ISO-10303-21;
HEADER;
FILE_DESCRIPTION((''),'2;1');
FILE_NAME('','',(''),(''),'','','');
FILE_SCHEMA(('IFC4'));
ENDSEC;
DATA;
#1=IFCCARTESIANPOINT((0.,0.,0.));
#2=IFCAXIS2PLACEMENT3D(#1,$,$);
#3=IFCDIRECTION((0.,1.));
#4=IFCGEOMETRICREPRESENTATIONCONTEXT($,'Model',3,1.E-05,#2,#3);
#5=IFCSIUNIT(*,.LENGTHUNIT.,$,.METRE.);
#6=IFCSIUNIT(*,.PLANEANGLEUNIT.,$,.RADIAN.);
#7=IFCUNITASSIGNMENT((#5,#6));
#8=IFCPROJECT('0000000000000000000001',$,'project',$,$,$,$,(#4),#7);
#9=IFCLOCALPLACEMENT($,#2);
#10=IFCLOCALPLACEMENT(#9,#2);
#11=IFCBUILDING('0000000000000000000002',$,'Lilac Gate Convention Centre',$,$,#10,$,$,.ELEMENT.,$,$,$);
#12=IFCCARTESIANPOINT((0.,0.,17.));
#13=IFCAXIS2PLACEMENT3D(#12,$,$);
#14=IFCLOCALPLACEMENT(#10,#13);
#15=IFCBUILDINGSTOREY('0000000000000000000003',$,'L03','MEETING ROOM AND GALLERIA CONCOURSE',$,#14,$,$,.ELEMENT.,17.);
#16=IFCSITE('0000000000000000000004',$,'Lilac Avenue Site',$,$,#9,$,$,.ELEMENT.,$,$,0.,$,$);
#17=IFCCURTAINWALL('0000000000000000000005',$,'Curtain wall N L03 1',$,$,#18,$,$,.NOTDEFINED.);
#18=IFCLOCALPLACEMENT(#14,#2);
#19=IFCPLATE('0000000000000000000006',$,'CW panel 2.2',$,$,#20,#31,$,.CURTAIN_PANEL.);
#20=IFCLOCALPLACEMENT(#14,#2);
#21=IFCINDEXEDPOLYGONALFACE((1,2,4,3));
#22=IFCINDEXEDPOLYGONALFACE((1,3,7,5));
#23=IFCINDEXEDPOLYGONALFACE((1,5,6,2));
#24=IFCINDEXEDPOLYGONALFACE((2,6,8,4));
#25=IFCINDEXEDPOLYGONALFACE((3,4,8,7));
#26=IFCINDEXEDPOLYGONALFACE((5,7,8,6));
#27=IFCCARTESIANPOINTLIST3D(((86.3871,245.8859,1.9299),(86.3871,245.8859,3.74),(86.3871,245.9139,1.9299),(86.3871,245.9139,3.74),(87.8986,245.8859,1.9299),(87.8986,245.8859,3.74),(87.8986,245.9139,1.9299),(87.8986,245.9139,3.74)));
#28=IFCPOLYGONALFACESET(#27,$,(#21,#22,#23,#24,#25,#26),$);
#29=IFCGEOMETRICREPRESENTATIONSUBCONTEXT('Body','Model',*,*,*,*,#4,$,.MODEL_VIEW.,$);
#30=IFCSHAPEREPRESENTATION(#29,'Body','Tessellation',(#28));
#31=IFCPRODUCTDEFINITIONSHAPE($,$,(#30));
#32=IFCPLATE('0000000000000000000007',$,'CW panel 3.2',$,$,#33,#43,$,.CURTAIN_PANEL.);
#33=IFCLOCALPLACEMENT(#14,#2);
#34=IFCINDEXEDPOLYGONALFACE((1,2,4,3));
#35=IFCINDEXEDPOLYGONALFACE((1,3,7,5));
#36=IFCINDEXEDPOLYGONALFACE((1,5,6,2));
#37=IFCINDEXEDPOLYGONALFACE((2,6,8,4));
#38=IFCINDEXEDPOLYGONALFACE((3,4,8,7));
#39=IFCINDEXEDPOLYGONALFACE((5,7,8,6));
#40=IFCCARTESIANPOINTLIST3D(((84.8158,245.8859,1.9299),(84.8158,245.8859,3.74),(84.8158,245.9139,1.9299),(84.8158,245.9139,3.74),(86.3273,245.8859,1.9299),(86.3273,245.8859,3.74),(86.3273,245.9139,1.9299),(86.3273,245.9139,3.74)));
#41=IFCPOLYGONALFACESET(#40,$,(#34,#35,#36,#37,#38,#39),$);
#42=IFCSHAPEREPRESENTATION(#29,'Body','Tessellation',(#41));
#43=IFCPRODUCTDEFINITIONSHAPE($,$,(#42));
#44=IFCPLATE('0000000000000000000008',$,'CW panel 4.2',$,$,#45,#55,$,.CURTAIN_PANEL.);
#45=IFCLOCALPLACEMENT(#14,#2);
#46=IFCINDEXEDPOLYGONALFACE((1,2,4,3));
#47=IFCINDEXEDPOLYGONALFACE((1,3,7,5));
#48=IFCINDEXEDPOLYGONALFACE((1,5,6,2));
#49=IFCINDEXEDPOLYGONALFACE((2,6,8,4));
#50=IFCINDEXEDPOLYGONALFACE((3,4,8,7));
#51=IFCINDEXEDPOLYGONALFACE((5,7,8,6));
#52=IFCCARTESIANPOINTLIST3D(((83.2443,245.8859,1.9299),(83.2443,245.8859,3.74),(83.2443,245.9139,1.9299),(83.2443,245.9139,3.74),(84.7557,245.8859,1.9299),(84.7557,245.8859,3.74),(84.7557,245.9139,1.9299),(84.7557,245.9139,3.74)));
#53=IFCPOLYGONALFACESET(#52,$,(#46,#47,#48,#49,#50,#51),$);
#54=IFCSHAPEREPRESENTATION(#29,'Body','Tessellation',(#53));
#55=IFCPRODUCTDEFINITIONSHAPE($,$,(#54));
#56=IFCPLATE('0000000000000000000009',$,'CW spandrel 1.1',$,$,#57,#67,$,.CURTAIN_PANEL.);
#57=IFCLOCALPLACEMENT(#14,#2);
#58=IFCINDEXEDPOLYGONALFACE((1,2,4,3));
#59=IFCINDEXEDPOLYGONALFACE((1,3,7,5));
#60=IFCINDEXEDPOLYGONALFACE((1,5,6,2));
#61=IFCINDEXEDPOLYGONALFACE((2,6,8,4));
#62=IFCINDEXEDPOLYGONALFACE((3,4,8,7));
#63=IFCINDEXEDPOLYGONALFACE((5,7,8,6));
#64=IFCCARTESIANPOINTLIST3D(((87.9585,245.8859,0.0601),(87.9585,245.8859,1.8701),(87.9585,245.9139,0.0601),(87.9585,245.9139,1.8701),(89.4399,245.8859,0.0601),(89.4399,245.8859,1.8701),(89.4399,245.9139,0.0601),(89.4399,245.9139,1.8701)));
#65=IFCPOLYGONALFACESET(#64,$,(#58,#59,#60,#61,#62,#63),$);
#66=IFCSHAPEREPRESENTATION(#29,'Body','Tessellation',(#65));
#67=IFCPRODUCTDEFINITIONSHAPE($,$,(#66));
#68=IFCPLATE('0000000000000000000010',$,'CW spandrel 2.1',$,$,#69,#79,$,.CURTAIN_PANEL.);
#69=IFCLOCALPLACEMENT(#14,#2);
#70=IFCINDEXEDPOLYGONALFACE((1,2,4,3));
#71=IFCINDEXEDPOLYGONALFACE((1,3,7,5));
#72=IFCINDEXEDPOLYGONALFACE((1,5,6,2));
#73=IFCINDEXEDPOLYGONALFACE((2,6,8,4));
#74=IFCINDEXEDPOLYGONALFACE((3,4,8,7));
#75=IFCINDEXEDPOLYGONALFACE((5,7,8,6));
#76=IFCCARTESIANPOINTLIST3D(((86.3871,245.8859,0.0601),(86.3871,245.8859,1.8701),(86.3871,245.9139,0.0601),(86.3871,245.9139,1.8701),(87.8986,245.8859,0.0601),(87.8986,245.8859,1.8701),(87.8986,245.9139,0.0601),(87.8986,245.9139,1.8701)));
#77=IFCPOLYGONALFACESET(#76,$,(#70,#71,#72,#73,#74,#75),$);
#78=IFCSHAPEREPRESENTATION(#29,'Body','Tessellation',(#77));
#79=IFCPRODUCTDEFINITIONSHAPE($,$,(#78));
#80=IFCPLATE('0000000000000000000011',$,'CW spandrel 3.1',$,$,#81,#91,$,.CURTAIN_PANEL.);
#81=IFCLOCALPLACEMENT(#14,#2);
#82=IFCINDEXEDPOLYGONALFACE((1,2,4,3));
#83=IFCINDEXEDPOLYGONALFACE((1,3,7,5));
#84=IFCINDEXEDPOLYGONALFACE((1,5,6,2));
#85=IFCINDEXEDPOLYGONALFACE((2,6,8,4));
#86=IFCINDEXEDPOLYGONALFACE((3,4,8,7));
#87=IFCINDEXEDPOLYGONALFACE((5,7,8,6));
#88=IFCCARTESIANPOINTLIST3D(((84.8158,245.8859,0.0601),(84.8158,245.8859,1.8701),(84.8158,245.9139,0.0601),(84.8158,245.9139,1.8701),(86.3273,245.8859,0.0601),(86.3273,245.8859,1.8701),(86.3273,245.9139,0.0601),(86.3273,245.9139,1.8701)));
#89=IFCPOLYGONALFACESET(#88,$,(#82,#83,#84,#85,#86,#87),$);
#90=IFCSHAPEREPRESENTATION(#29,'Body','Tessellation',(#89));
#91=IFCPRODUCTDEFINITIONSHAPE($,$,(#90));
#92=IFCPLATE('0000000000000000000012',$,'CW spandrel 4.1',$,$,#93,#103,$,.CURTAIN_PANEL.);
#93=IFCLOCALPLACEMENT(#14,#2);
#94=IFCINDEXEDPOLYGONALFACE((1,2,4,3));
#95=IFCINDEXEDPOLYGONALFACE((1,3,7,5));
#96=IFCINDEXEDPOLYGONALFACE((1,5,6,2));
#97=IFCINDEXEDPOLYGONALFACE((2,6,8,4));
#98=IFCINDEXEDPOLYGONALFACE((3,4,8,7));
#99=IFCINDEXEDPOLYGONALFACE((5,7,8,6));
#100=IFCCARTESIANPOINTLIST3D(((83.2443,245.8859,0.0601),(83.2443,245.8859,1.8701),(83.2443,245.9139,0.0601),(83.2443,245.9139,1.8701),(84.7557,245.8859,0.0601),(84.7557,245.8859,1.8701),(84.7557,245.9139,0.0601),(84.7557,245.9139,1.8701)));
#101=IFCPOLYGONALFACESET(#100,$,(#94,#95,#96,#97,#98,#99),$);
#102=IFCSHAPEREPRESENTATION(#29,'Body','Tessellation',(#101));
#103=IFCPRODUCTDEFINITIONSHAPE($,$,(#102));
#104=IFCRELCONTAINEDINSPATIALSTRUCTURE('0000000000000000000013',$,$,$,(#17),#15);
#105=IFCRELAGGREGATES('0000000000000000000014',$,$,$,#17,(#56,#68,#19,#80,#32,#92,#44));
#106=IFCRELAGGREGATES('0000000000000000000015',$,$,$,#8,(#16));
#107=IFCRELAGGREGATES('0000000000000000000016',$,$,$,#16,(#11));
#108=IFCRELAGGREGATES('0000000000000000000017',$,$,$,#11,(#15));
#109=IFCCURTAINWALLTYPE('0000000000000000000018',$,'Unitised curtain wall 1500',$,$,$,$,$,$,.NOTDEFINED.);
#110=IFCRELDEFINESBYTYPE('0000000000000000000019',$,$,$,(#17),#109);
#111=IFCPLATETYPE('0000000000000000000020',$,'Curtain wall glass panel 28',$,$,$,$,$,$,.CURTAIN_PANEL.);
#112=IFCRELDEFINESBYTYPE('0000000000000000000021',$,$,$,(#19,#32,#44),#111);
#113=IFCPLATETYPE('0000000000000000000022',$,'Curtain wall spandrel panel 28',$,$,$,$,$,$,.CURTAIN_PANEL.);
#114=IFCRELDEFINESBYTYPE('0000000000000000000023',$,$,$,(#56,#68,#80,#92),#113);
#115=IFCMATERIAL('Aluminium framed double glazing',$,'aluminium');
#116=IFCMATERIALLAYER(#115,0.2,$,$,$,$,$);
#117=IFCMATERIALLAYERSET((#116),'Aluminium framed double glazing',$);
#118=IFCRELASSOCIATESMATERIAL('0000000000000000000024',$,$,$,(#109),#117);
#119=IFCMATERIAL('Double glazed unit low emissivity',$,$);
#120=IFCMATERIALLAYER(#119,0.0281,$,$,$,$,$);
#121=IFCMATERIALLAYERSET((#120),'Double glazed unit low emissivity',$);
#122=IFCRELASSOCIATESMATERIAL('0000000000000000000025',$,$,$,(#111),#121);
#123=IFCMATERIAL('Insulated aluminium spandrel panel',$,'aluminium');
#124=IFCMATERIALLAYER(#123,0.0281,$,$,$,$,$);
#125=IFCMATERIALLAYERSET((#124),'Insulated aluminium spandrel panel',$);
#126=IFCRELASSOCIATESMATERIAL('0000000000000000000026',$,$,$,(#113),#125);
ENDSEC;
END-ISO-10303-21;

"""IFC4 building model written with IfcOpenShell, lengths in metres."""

from ifc_helpers import new_model, si_unit, direction, frame, origin, origin_2d, place, context, subcontext, project, spatial, rectangle, extrude, material, layer, layer_set, type_object, element, aggregate, save


model = new_model("IFC4")

# Units and contexts
model_context = context("Model", 3, precision=1e-05, world=origin(), true_north=direction((0.0, 1.0)))
body_context = subcontext(model_context, "Body", "Model", "MODEL_VIEW")
ifc_project = project(units=[si_unit("LENGTHUNIT", "METRE"), si_unit("PLANEANGLEUNIT", "RADIAN")], contexts=[model_context])

# Site, building, storey
site_placement = place(None, origin())
site = spatial("IfcSite", under=ifc_project, at=site_placement, Name="Lilac Avenue Site", CompositionType="ELEMENT", RefElevation=0.0)
building_placement = place(site_placement, origin())
building = spatial("IfcBuilding", under=site, at=building_placement, Name="Lilac Gate Convention Centre", CompositionType="ELEMENT")
storey_placement = place(building_placement, frame((0.0, 0.0, 17.0)))
storey = spatial("IfcBuildingStorey", under=building, at=storey_placement, Name="L03", Description="MEETING ROOM AND GALLERIA CONCOURSE", CompositionType="ELEMENT", Elevation=17.0)

# Curtain wall, plates
ifc_material_1 = material(Name="Aluminium framed double glazing", Category="aluminium")
ifc_layer_1 = layer(ifc_material_1, 0.2)
ifc_layer_set_1 = layer_set([ifc_layer_1], Name="Aluminium framed double glazing")
curtain_wall_type = type_object("IfcCurtainWallType", Name="Unitised curtain wall 1500", PredefinedType="NOTDEFINED", material=ifc_layer_set_1)
curtain_wall_placement = place(storey_placement, origin())
curtain_wall = element("IfcCurtainWall", 1, at=curtain_wall_placement, inside=storey, type_object=curtain_wall_type, Name="Curtain wall N L03 1", PredefinedType="NOTDEFINED")
ifc_material_2 = material(Name="Double glazed unit low emissivity")
ifc_layer_2 = layer(ifc_material_2, 0.0281)
ifc_layer_set_2 = layer_set([ifc_layer_2], Name="Double glazed unit low emissivity")
plate_type_1 = type_object("IfcPlateType", Name="Curtain wall glass panel 28", PredefinedType="CURTAIN_PANEL", material=ifc_layer_set_2)
plate_1_placement = place(storey_placement, frame((87.1428, 245.8999, 1.9299), z_axis=(0.0, 0.0, 1.0), x_axis=(-1.0, 0.0, 0.0)))
plate_1 = element("IfcPlate", 2, at=plate_1_placement, type_object=plate_type_1, Name="CW panel 2.2", PredefinedType="CURTAIN_PANEL", context=body_context, shape_type="SweptSolid", body=[
    extrude(rectangle(XDim=1.5115, YDim=0.0281, at=origin_2d()), origin(), (0.0, 0.0, 1.0), 1.8101),
])
plate_2_placement = place(storey_placement, frame((85.5715, 245.8999, 1.9299), z_axis=(0.0, 0.0, 1.0), x_axis=(-1.0, 0.0, 0.0)))
plate_2 = element("IfcPlate", 3, at=plate_2_placement, type_object=plate_type_1, Name="CW panel 3.2", PredefinedType="CURTAIN_PANEL", context=body_context, shape_type="SweptSolid", body=[
    extrude(rectangle(XDim=1.5115, YDim=0.0281, at=origin_2d()), origin(), (0.0, 0.0, 1.0), 1.8101),
])
plate_3_placement = place(storey_placement, frame((84.0, 245.8999, 1.9299), z_axis=(0.0, 0.0, 1.0), x_axis=(-1.0, 0.0, 0.0)))
plate_3 = element("IfcPlate", 4, at=plate_3_placement, type_object=plate_type_1, Name="CW panel 4.2", PredefinedType="CURTAIN_PANEL", context=body_context, shape_type="SweptSolid", body=[
    extrude(rectangle(XDim=1.5115, YDim=0.0281, at=origin_2d()), origin(), (0.0, 0.0, 1.0), 1.8101),
])
ifc_material_3 = material(Name="Insulated aluminium spandrel panel", Category="aluminium")
ifc_layer_3 = layer(ifc_material_3, 0.0281)
ifc_layer_set_3 = layer_set([ifc_layer_3], Name="Insulated aluminium spandrel panel")
plate_type_2 = type_object("IfcPlateType", Name="Curtain wall spandrel panel 28", PredefinedType="CURTAIN_PANEL", material=ifc_layer_set_3)
plate_4_placement = place(storey_placement, frame((88.6992, 245.8999, 0.0601), z_axis=(0.0, 0.0, 1.0), x_axis=(-1.0, 0.0, 0.0)))
plate_4 = element("IfcPlate", 5, at=plate_4_placement, type_object=plate_type_2, Name="CW spandrel 1.1", PredefinedType="CURTAIN_PANEL", context=body_context, shape_type="SweptSolid", body=[
    extrude(rectangle(XDim=1.4814, YDim=0.0281, at=origin_2d()), origin(), (0.0, 0.0, 1.0), 1.8101),
])
plate_5_placement = place(storey_placement, frame((87.1428, 245.8999, 0.0601), z_axis=(0.0, 0.0, 1.0), x_axis=(-1.0, 0.0, 0.0)))
plate_5 = element("IfcPlate", 6, at=plate_5_placement, type_object=plate_type_2, Name="CW spandrel 2.1", PredefinedType="CURTAIN_PANEL", context=body_context, shape_type="SweptSolid", body=[
    extrude(rectangle(XDim=1.5115, YDim=0.0281, at=origin_2d()), origin(), (0.0, 0.0, 1.0), 1.8101),
])
plate_6_placement = place(storey_placement, frame((85.5715, 245.8999, 0.0601), z_axis=(0.0, 0.0, 1.0), x_axis=(-1.0, 0.0, 0.0)))
plate_6 = element("IfcPlate", 7, at=plate_6_placement, type_object=plate_type_2, Name="CW spandrel 3.1", PredefinedType="CURTAIN_PANEL", context=body_context, shape_type="SweptSolid", body=[
    extrude(rectangle(XDim=1.5115, YDim=0.0281, at=origin_2d()), origin(), (0.0, 0.0, 1.0), 1.8101),
])
plate_7_placement = place(storey_placement, frame((84.0, 245.8999, 0.0601), z_axis=(0.0, 0.0, 1.0), x_axis=(-1.0, 0.0, 0.0)))
plate_7 = element("IfcPlate", 8, at=plate_7_placement, type_object=plate_type_2, Name="CW spandrel 4.1", PredefinedType="CURTAIN_PANEL", context=body_context, shape_type="SweptSolid", body=[
    extrude(rectangle(XDim=1.5115, YDim=0.0281, at=origin_2d()), origin(), (0.0, 0.0, 1.0), 1.8101),
])
aggregate(curtain_wall, [plate_4, plate_5, plate_1, plate_6, plate_2, plate_7, plate_3])

save(model, "model.ifc")
